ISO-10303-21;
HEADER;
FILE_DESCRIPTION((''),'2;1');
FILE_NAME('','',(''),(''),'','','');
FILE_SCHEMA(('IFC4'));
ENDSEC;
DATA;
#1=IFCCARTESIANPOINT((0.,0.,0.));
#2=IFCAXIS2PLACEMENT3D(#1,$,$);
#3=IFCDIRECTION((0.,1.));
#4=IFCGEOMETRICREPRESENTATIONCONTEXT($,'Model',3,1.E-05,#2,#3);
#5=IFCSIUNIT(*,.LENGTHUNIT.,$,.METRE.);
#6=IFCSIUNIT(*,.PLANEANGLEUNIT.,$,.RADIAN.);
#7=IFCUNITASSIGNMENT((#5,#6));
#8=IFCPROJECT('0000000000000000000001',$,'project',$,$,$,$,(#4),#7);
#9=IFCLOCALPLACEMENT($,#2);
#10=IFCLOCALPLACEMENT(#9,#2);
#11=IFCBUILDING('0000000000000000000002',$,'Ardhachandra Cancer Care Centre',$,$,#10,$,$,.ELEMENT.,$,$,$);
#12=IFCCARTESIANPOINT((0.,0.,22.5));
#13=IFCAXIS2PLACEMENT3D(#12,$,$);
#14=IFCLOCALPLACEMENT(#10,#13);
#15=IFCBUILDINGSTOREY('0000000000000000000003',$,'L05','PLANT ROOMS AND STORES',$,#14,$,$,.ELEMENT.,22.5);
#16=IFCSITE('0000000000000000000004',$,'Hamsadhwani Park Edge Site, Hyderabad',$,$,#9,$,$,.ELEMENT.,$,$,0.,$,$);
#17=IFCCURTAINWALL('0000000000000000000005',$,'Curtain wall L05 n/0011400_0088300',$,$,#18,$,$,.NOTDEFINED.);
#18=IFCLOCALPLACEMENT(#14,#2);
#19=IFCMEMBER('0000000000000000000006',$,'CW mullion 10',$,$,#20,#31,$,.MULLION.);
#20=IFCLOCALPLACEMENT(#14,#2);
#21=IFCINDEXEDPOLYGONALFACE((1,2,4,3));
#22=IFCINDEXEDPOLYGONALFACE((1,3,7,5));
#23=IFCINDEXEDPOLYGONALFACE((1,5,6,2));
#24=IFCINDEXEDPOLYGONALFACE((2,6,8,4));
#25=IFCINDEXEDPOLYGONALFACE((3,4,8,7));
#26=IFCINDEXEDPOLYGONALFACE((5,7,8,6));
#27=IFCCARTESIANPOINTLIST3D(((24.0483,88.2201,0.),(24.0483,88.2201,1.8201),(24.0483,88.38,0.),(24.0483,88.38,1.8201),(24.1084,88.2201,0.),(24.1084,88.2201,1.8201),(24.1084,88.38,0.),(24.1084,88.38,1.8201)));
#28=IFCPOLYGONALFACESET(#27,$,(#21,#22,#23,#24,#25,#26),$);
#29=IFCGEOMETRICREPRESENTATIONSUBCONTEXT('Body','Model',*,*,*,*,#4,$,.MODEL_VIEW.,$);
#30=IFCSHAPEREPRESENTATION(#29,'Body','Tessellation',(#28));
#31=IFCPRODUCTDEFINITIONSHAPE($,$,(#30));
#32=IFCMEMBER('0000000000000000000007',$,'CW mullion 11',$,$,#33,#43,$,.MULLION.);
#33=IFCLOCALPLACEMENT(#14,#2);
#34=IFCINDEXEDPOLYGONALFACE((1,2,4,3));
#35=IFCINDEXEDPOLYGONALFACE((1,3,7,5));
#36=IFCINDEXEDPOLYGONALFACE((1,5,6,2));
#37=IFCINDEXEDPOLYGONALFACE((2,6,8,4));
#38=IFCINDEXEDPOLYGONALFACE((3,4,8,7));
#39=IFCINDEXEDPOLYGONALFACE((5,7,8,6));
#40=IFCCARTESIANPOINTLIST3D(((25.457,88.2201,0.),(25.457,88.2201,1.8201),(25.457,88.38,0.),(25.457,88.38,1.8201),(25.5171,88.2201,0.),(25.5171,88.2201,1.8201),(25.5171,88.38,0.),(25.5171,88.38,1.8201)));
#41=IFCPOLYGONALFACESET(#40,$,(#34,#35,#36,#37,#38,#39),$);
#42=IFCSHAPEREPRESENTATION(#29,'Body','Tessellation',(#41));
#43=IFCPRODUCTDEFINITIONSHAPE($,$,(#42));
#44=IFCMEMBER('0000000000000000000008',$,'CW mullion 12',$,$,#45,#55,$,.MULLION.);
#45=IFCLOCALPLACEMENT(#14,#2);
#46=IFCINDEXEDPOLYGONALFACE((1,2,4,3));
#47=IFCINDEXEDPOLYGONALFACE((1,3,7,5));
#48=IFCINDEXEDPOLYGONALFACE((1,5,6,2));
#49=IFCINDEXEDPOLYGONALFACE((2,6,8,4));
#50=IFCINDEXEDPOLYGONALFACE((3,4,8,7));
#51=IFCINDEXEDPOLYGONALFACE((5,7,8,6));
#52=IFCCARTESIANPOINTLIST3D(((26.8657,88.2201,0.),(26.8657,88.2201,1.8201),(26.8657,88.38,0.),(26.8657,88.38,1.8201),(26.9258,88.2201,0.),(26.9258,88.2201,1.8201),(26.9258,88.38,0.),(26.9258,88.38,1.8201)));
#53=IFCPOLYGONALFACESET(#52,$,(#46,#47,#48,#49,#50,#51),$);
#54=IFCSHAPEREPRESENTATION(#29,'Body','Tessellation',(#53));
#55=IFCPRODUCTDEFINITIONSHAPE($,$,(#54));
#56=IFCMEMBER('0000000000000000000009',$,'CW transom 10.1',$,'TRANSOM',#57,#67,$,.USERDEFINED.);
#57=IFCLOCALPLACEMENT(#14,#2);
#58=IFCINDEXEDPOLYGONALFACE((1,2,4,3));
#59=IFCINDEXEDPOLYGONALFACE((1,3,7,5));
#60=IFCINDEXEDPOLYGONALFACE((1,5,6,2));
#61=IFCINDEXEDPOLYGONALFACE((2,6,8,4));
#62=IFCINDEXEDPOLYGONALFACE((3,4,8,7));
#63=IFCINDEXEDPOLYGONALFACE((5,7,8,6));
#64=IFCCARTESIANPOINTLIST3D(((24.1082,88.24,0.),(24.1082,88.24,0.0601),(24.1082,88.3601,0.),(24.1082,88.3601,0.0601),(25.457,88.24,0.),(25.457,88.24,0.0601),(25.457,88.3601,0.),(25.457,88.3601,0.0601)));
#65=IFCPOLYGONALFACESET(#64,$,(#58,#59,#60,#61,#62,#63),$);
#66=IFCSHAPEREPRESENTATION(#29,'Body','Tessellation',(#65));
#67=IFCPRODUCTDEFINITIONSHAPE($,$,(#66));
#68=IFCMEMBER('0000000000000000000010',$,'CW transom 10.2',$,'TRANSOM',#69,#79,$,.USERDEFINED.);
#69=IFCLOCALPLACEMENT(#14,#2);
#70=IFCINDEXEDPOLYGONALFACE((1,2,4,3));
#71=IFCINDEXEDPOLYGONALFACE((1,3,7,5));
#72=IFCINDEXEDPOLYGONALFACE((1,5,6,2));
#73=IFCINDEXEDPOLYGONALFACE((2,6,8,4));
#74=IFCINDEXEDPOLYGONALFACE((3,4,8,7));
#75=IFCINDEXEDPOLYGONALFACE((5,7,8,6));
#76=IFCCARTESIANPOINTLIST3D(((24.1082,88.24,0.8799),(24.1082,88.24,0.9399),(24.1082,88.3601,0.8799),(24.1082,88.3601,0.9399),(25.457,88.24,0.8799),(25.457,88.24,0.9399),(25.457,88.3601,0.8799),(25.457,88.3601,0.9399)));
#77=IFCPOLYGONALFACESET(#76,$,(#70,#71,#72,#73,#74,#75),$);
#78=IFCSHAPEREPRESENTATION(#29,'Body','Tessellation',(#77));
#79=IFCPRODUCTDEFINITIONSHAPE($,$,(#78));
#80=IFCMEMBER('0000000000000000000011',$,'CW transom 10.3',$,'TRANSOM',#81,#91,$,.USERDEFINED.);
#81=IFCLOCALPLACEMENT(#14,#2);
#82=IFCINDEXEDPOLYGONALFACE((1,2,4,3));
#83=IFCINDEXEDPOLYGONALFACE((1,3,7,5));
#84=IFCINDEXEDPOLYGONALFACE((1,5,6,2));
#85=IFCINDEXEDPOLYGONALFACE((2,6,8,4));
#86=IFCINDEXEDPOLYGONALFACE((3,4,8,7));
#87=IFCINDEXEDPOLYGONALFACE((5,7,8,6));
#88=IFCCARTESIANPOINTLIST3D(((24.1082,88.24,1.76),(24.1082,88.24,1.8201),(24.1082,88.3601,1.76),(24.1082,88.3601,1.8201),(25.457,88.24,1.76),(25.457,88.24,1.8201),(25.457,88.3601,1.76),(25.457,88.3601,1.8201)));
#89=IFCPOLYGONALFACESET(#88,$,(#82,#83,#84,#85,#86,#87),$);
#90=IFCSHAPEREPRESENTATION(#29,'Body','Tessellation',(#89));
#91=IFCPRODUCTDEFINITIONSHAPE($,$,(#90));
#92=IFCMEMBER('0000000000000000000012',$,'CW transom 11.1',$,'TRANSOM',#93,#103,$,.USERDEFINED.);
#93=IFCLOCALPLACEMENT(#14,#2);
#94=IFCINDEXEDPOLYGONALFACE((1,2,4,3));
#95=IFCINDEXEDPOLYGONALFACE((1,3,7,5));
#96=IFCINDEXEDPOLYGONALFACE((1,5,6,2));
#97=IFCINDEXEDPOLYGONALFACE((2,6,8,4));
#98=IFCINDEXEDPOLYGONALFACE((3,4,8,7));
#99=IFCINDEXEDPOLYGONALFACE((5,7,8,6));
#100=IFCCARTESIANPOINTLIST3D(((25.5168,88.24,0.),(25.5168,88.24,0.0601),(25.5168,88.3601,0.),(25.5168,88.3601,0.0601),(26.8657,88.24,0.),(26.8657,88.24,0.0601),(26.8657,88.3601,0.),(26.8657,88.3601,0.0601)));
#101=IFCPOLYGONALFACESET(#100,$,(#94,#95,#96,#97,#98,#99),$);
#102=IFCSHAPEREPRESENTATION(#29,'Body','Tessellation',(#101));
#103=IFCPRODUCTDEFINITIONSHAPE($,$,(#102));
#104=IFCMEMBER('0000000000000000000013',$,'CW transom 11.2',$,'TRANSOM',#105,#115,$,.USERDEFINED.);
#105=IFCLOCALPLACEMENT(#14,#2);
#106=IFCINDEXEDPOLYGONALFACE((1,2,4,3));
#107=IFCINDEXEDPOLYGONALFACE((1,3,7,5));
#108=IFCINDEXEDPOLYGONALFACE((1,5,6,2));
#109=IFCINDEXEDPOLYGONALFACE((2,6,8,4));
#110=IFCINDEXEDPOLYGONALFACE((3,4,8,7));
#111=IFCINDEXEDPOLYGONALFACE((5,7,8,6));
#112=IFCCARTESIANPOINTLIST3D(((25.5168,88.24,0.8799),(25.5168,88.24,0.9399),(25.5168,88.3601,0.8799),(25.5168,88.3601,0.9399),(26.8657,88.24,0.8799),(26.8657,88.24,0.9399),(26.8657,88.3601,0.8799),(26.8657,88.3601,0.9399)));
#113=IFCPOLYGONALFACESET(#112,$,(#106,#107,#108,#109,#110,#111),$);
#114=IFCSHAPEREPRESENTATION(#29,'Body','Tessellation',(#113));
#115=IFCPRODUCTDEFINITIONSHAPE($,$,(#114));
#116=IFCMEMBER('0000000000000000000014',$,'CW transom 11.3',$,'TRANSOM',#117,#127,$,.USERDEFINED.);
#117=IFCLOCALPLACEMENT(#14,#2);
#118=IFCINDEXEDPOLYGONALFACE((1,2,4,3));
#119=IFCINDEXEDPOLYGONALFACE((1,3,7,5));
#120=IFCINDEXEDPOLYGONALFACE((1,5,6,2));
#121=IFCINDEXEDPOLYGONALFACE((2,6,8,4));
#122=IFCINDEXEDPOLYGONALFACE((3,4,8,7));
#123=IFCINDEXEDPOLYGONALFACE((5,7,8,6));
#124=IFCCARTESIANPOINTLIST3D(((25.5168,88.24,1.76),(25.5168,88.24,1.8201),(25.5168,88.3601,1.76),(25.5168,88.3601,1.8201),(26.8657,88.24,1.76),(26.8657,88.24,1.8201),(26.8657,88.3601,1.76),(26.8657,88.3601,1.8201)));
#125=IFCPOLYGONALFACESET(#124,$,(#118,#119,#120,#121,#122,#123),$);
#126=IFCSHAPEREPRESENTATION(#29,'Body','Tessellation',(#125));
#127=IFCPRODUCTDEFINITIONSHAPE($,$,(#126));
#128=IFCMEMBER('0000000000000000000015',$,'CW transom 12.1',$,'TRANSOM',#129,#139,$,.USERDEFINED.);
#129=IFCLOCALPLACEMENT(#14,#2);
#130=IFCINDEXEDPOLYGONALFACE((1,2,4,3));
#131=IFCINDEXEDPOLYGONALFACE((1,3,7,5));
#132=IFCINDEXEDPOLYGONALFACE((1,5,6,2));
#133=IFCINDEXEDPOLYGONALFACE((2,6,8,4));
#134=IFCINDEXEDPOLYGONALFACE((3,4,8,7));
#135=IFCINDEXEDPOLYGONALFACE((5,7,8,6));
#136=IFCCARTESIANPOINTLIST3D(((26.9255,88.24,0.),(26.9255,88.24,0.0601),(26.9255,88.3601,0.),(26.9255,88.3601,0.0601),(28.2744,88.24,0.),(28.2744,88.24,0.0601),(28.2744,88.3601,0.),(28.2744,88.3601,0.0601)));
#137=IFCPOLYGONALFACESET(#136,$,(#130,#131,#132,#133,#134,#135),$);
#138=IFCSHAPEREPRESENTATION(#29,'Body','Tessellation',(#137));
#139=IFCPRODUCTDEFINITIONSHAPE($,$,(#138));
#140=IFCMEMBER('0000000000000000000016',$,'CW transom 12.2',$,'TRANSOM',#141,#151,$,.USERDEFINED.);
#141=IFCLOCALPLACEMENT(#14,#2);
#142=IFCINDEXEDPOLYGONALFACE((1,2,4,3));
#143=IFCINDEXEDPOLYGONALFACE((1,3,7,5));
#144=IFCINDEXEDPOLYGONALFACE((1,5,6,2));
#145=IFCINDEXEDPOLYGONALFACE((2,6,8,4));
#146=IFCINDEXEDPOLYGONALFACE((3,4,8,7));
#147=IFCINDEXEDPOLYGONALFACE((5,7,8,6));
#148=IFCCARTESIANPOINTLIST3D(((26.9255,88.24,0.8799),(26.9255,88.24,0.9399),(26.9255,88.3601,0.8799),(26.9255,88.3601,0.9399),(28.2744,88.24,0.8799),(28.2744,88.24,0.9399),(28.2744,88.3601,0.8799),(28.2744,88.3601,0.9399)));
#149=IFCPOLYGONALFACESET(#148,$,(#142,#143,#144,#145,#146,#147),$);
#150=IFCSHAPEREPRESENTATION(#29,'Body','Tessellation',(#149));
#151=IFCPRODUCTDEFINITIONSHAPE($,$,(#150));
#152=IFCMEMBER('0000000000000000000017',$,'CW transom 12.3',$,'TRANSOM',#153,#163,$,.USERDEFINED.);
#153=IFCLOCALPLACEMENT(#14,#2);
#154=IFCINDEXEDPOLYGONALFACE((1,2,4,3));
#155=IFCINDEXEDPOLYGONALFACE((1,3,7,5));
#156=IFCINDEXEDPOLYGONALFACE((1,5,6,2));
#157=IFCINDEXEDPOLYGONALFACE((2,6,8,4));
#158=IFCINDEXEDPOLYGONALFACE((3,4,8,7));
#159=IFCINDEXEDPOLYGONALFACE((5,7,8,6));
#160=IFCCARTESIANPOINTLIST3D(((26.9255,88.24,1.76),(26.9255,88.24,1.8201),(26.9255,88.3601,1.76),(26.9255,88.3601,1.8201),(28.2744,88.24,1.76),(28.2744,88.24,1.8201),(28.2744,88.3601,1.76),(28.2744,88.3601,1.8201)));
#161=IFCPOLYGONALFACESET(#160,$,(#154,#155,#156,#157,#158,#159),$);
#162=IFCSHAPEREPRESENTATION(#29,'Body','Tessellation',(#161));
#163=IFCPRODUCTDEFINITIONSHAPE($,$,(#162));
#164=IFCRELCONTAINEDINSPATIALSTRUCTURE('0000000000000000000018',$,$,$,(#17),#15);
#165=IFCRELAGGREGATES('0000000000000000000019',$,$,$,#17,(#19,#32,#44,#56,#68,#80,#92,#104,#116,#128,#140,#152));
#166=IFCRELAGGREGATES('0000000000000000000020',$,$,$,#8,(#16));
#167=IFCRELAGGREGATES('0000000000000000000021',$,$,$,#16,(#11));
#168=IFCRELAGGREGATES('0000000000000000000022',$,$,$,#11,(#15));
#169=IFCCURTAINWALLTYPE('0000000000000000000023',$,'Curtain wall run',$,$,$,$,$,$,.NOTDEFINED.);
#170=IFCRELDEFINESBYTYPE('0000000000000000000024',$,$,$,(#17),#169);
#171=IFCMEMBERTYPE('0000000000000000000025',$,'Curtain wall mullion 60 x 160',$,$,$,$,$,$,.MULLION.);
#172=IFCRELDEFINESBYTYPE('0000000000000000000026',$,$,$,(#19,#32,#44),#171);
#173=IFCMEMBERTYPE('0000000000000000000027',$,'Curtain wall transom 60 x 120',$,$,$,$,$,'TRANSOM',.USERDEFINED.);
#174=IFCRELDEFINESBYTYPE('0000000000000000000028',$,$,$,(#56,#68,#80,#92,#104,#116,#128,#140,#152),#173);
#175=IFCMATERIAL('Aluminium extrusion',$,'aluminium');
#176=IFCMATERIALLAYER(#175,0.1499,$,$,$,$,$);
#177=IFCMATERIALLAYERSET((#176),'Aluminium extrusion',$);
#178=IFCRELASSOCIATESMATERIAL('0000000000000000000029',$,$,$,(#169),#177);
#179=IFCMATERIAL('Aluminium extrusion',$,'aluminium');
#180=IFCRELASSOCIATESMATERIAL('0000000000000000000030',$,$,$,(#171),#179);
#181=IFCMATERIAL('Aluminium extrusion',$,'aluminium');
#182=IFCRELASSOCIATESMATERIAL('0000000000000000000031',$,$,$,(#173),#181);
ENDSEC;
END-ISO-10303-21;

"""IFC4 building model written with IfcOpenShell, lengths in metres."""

from ifc_helpers import new_model, si_unit, direction, frame, origin, origin_2d, place, context, subcontext, project, spatial, rectangle, extrude, material, layer, layer_set, material_profile, profile_set, type_object, element, aggregate, save


model = new_model("IFC4")

# Units and contexts
model_context = context("Model", 3, precision=1e-05, world=origin(), true_north=direction((0.0, 1.0)))
body_context = subcontext(model_context, "Body", "Model", "MODEL_VIEW")
ifc_project = project(units=[si_unit("LENGTHUNIT", "METRE"), si_unit("PLANEANGLEUNIT", "RADIAN")], contexts=[model_context])

# Site, building, storey
site_placement = place(None, origin())
site = spatial("IfcSite", under=ifc_project, at=site_placement, Name="Hamsadhwani Park Edge Site, Hyderabad", CompositionType="ELEMENT", RefElevation=0.0)
building_placement = place(site_placement, origin())
building = spatial("IfcBuilding", under=site, at=building_placement, Name="Ardhachandra Cancer Care Centre", CompositionType="ELEMENT")
storey_placement = place(building_placement, frame((0.0, 0.0, 22.5)))
storey = spatial("IfcBuildingStorey", under=building, at=storey_placement, Name="L05", Description="PLANT ROOMS AND STORES", CompositionType="ELEMENT", Elevation=22.5)

# Curtain wall, members
ifc_material_1 = material(Name="Aluminium extrusion", Category="aluminium")
ifc_layer_1 = layer(ifc_material_1, 0.1499)
ifc_layer_set_1 = layer_set([ifc_layer_1], Name="Aluminium extrusion")
curtain_wall_type = type_object("IfcCurtainWallType", Name="Curtain wall run", PredefinedType="NOTDEFINED", material=ifc_layer_set_1)
curtain_wall_placement = place(storey_placement, origin())
curtain_wall = element("IfcCurtainWall", 1, at=curtain_wall_placement, inside=storey, type_object=curtain_wall_type, Name="Curtain wall L05 n/0011400_0088300", PredefinedType="NOTDEFINED")
ifc_material_2 = material(Name="Aluminium extrusion", Category="aluminium")
ifc_material_profile_1 = material_profile(ifc_material_2, rectangle(XDim=0.1599, YDim=0.0601, at=origin_2d()), Name="Curtain wall mullion 60 x 160")
ifc_profile_set_1 = profile_set([ifc_material_profile_1], Name="Aluminium extrusion")
member_type_1 = type_object("IfcMemberType", Name="Curtain wall mullion 60 x 160", PredefinedType="MULLION", material=ifc_profile_set_1)
member_1_placement = place(storey_placement, frame((24.0784, 88.3, 0.0), z_axis=(0.0, 0.0, 1.0), x_axis=(0.0, 1.0, 0.0)))
member_1 = element("IfcMember", 2, at=member_1_placement, type_object=member_type_1, Name="CW mullion 10", PredefinedType="MULLION", context=body_context, shape_type="SweptSolid", body=[
    extrude(rectangle(XDim=0.1599, YDim=0.0601, at=origin_2d()), origin(), (0.0, 0.0, 1.0), 1.8201),
])
member_2_placement = place(storey_placement, frame((25.4871, 88.3, 0.0), z_axis=(0.0, 0.0, 1.0), x_axis=(0.0, 1.0, 0.0)))
member_2 = element("IfcMember", 3, at=member_2_placement, type_object=member_type_1, Name="CW mullion 11", PredefinedType="MULLION", context=body_context, shape_type="SweptSolid", body=[
    extrude(rectangle(XDim=0.1599, YDim=0.0601, at=origin_2d()), origin(), (0.0, 0.0, 1.0), 1.8201),
])
member_3_placement = place(storey_placement, frame((26.8958, 88.3, 0.0), z_axis=(0.0, 0.0, 1.0), x_axis=(0.0, 1.0, 0.0)))
member_3 = element("IfcMember", 4, at=member_3_placement, type_object=member_type_1, Name="CW mullion 12", PredefinedType="MULLION", context=body_context, shape_type="SweptSolid", body=[
    extrude(rectangle(XDim=0.1599, YDim=0.0601, at=origin_2d()), origin(), (0.0, 0.0, 1.0), 1.8201),
])
ifc_material_3 = material(Name="Aluminium extrusion", Category="aluminium")
ifc_material_profile_2 = material_profile(ifc_material_3, rectangle(XDim=0.1201, YDim=0.0601, at=origin_2d()), Name="Curtain wall transom 60 x 120")
ifc_profile_set_2 = profile_set([ifc_material_profile_2], Name="Aluminium extrusion")
member_type_2 = type_object("IfcMemberType", Name="Curtain wall transom 60 x 120", ElementType="TRANSOM", PredefinedType="USERDEFINED", material=ifc_profile_set_2)
member_4_placement = place(storey_placement, frame((24.1082, 88.3, 0.03), z_axis=(1.0, 0.0, 0.0), x_axis=(0.0, 1.0, 0.0)))
member_4 = element("IfcMember", 5, at=member_4_placement, type_object=member_type_2, Name="CW transom 10.1", ObjectType="TRANSOM", PredefinedType="USERDEFINED", context=body_context, shape_type="SweptSolid", body=[
    extrude(rectangle(XDim=0.1201, YDim=0.0601, at=origin_2d()), origin(), (0.0, 0.0, 1.0), 1.3489),
])
member_5_placement = place(storey_placement, frame((24.1082, 88.3, 0.9099), z_axis=(1.0, 0.0, 0.0), x_axis=(0.0, 1.0, 0.0)))
member_5 = element("IfcMember", 6, at=member_5_placement, type_object=member_type_2, Name="CW transom 10.2", ObjectType="TRANSOM", PredefinedType="USERDEFINED", context=body_context, shape_type="SweptSolid", body=[
    extrude(rectangle(XDim=0.1201, YDim=0.0601, at=origin_2d()), origin(), (0.0, 0.0, 1.0), 1.3489),
])
member_6_placement = place(storey_placement, frame((24.1082, 88.3, 1.79), z_axis=(1.0, 0.0, 0.0), x_axis=(0.0, 1.0, 0.0)))
member_6 = element("IfcMember", 7, at=member_6_placement, type_object=member_type_2, Name="CW transom 10.3", ObjectType="TRANSOM", PredefinedType="USERDEFINED", context=body_context, shape_type="SweptSolid", body=[
    extrude(rectangle(XDim=0.1201, YDim=0.0601, at=origin_2d()), origin(), (0.0, 0.0, 1.0), 1.3489),
])
member_7_placement = place(storey_placement, frame((25.5168, 88.3, 0.03), z_axis=(1.0, 0.0, 0.0), x_axis=(0.0, 1.0, 0.0)))
member_7 = element("IfcMember", 8, at=member_7_placement, type_object=member_type_2, Name="CW transom 11.1", ObjectType="TRANSOM", PredefinedType="USERDEFINED", context=body_context, shape_type="SweptSolid", body=[
    extrude(rectangle(XDim=0.1201, YDim=0.0601, at=origin_2d()), origin(), (0.0, 0.0, 1.0), 1.3489),
])
member_8_placement = place(storey_placement, frame((25.5168, 88.3, 0.9099), z_axis=(1.0, 0.0, 0.0), x_axis=(0.0, 1.0, 0.0)))
member_8 = element("IfcMember", 9, at=member_8_placement, type_object=member_type_2, Name="CW transom 11.2", ObjectType="TRANSOM", PredefinedType="USERDEFINED", context=body_context, shape_type="SweptSolid", body=[
    extrude(rectangle(XDim=0.1201, YDim=0.0601, at=origin_2d()), origin(), (0.0, 0.0, 1.0), 1.3489),
])
member_9_placement = place(storey_placement, frame((25.5168, 88.3, 1.79), z_axis=(1.0, 0.0, 0.0), x_axis=(0.0, 1.0, 0.0)))
member_9 = element("IfcMember", 10, at=member_9_placement, type_object=member_type_2, Name="CW transom 11.3", ObjectType="TRANSOM", PredefinedType="USERDEFINED", context=body_context, shape_type="SweptSolid", body=[
    extrude(rectangle(XDim=0.1201, YDim=0.0601, at=origin_2d()), origin(), (0.0, 0.0, 1.0), 1.3489),
])
member_10_placement = place(storey_placement, frame((26.9255, 88.3, 0.03), z_axis=(1.0, 0.0, 0.0), x_axis=(0.0, 1.0, 0.0)))
member_10 = element("IfcMember", 11, at=member_10_placement, type_object=member_type_2, Name="CW transom 12.1", ObjectType="TRANSOM", PredefinedType="USERDEFINED", context=body_context, shape_type="SweptSolid", body=[
    extrude(rectangle(XDim=0.1201, YDim=0.0601, at=origin_2d()), origin(), (0.0, 0.0, 1.0), 1.3489),
])
member_11_placement = place(storey_placement, frame((26.9255, 88.3, 0.9099), z_axis=(1.0, 0.0, 0.0), x_axis=(0.0, 1.0, 0.0)))
member_11 = element("IfcMember", 12, at=member_11_placement, type_object=member_type_2, Name="CW transom 12.2", ObjectType="TRANSOM", PredefinedType="USERDEFINED", context=body_context, shape_type="SweptSolid", body=[
    extrude(rectangle(XDim=0.1201, YDim=0.0601, at=origin_2d()), origin(), (0.0, 0.0, 1.0), 1.3489),
])
member_12_placement = place(storey_placement, frame((26.9255, 88.3, 1.79), z_axis=(1.0, 0.0, 0.0), x_axis=(0.0, 1.0, 0.0)))
member_12 = element("IfcMember", 13, at=member_12_placement, type_object=member_type_2, Name="CW transom 12.3", ObjectType="TRANSOM", PredefinedType="USERDEFINED", context=body_context, shape_type="SweptSolid", body=[
    extrude(rectangle(XDim=0.1201, YDim=0.0601, at=origin_2d()), origin(), (0.0, 0.0, 1.0), 1.3489),
])

aggregate(curtain_wall, [member_1, member_2, member_3, member_4, member_5, member_6, member_7, member_8, member_9, member_10, member_11, member_12])

save(model, "model.ifc")
